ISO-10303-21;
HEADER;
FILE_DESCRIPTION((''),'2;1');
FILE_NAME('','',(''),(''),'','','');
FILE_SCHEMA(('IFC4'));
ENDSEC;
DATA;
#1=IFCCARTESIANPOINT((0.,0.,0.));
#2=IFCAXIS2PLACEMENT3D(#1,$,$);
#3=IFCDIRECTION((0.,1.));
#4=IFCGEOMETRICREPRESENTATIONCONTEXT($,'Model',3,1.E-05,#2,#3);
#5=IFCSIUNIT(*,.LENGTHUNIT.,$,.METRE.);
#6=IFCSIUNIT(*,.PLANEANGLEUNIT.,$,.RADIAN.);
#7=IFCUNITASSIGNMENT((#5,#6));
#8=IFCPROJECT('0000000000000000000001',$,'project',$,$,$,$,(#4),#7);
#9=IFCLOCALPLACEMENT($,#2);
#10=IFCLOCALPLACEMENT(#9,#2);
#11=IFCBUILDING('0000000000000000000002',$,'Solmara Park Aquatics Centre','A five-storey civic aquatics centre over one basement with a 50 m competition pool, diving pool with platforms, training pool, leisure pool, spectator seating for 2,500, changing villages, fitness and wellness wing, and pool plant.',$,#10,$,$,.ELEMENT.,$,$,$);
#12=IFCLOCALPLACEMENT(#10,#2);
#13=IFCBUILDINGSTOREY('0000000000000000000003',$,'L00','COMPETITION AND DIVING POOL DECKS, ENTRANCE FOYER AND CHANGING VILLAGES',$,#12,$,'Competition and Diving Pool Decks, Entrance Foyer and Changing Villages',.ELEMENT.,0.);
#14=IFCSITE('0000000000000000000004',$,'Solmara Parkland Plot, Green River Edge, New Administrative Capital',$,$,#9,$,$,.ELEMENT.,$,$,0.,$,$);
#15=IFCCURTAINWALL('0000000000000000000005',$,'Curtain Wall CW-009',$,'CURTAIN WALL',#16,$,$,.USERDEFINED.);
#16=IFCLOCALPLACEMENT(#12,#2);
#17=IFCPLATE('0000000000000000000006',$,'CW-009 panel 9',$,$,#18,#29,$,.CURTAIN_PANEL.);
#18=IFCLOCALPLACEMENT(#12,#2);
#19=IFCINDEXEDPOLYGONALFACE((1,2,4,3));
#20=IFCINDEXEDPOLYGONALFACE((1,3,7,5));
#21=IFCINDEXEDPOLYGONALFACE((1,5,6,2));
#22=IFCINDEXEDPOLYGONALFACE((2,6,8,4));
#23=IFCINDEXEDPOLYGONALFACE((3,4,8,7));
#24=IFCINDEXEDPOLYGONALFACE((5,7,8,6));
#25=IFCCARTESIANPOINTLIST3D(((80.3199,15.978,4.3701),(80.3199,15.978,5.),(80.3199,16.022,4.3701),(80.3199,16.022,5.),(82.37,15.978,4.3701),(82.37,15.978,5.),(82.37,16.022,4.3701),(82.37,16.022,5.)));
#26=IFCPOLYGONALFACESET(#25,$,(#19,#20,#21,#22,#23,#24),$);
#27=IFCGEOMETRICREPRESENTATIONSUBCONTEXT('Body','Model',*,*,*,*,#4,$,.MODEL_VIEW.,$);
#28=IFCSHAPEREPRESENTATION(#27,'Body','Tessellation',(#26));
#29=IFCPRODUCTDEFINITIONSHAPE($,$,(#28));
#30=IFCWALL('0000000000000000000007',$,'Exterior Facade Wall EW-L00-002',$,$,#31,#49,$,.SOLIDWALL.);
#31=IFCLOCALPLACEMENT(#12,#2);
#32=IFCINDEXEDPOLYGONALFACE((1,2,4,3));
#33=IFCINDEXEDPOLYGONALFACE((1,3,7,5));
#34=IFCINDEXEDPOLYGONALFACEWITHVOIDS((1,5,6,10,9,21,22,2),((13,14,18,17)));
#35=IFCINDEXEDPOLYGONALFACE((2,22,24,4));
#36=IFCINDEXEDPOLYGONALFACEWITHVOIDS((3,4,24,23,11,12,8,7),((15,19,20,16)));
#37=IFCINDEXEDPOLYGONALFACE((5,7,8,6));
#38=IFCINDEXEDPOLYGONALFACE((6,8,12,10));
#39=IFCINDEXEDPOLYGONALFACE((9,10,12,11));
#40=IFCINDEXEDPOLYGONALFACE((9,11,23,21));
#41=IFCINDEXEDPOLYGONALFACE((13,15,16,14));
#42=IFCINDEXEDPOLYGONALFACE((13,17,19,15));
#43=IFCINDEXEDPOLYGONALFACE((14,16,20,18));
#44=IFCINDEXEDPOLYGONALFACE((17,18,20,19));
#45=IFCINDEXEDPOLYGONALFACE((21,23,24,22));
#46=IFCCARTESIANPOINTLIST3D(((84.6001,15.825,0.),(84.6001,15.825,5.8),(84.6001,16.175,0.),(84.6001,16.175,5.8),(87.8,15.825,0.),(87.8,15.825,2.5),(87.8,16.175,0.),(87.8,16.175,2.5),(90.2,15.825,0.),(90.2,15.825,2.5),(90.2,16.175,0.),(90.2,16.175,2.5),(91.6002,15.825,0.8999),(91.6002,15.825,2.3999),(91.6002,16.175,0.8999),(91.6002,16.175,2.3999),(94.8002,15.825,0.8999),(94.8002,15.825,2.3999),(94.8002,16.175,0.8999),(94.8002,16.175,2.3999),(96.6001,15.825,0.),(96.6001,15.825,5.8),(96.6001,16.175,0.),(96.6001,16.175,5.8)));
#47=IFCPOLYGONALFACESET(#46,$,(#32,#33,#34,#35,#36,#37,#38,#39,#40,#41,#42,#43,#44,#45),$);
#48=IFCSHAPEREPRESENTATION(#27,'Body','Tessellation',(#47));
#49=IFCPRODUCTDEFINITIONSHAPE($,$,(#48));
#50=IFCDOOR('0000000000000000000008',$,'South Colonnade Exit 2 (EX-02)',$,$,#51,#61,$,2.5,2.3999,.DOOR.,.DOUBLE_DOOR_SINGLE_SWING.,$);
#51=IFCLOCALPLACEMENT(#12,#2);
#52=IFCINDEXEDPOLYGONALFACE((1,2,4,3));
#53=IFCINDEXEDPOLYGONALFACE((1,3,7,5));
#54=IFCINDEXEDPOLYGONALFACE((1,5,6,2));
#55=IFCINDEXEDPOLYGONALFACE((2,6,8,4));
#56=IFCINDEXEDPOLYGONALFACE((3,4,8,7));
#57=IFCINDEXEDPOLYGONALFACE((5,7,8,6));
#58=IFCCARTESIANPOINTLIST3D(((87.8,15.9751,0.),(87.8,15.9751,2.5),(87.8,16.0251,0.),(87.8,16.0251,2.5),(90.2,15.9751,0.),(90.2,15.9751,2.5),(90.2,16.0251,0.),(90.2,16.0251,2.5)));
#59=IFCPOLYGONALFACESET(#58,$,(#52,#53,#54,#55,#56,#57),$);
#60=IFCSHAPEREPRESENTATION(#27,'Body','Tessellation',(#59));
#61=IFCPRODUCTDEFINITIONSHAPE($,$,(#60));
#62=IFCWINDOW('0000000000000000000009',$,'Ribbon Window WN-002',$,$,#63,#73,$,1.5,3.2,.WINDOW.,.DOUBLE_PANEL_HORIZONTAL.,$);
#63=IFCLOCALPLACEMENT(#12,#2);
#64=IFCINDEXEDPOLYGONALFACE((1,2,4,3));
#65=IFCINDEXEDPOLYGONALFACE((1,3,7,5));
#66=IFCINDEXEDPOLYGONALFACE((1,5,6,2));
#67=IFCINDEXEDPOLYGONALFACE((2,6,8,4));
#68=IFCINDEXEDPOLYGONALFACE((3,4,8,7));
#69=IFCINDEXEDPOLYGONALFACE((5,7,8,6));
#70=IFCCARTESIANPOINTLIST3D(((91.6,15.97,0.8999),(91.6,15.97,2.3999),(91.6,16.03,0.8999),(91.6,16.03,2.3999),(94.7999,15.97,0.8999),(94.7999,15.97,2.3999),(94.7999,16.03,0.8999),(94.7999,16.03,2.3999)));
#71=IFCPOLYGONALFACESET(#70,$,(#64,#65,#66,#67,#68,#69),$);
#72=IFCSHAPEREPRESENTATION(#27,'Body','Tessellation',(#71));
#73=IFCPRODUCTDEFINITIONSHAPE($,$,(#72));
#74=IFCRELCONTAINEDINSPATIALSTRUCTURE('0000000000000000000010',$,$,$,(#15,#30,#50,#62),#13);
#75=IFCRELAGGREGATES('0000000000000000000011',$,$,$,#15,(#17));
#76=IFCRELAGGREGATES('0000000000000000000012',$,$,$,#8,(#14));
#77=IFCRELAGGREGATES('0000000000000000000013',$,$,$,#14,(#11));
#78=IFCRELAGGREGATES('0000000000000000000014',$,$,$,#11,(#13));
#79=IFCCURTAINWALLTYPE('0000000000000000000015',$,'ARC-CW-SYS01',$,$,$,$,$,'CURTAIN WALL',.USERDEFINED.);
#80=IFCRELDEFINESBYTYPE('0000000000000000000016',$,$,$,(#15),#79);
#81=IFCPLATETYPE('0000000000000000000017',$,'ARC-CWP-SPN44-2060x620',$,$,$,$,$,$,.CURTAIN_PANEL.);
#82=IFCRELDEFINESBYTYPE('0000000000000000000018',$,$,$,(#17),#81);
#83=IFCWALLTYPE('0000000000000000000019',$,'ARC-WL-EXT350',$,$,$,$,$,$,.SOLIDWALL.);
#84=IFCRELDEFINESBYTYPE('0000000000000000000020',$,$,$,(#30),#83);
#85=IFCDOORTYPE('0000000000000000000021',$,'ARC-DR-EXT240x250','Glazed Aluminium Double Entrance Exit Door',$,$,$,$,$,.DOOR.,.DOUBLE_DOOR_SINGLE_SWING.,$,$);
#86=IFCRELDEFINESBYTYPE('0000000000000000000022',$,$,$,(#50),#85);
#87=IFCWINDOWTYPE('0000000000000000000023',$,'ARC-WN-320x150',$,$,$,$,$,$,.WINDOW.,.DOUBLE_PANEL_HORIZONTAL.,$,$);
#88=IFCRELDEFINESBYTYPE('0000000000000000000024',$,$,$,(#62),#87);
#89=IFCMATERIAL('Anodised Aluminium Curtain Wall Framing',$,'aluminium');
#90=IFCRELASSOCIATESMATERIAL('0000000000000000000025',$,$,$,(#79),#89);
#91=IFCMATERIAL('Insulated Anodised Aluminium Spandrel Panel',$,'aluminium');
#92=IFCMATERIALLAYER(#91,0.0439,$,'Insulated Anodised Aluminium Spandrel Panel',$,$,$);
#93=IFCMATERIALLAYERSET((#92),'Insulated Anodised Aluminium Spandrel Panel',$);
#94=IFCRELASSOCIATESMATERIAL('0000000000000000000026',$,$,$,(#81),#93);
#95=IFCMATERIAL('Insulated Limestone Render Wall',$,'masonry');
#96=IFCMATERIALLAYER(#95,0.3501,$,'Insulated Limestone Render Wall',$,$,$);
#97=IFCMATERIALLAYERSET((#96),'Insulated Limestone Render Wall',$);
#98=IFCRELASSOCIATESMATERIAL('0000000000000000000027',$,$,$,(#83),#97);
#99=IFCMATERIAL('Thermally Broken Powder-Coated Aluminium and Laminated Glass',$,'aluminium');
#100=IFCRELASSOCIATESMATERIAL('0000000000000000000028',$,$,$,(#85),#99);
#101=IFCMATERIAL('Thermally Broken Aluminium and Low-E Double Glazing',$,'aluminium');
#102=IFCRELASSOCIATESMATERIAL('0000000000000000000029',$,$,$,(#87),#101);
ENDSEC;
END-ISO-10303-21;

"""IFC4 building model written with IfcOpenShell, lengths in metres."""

from ifc_helpers import new_model, si_unit, direction, frame, frame_2d, origin, origin_2d, place, context, subcontext, project, spatial, rectangle, extrude, material, layer, layer_set, type_object, element, fill, aggregate, save


model = new_model("IFC4")

# Units and contexts
model_context = context("Model", 3, precision=1e-05, world=origin(), true_north=direction((0.0, 1.0)))
body_context = subcontext(model_context, "Body", "Model", "MODEL_VIEW")
ifc_project = project(units=[si_unit("LENGTHUNIT", "METRE"), si_unit("PLANEANGLEUNIT", "RADIAN")], contexts=[model_context])

# Site, building, storey
site_placement = place(None, origin())
site = spatial("IfcSite", under=ifc_project, at=site_placement, Name="Solmara Parkland Plot, Green River Edge, New Administrative Capital", CompositionType="ELEMENT", RefElevation=0.0)
building_placement = place(site_placement, origin())
building = spatial("IfcBuilding", under=site, at=building_placement, Name="Solmara Park Aquatics Centre", Description="A five-storey civic aquatics centre over one basement with a 50 m competition pool, diving pool with platforms, training pool, leisure pool, spectator seating for 2,500, changing villages, fitness and wellness wing, and pool plant.", CompositionType="ELEMENT")
storey_placement = place(building_placement, origin())
storey = spatial("IfcBuildingStorey", under=building, at=storey_placement, Name="L00", Description="COMPETITION AND DIVING POOL DECKS, ENTRANCE FOYER AND CHANGING VILLAGES", LongName="Competition and Diving Pool Decks, Entrance Foyer and Changing Villages", CompositionType="ELEMENT", Elevation=0.0)

# Curtain wall, plate
ifc_material_1 = material(Name="Anodised Aluminium Curtain Wall Framing", Category="aluminium")
curtain_wall_type = type_object("IfcCurtainWallType", Name="ARC-CW-SYS01", ElementType="CURTAIN WALL", PredefinedType="USERDEFINED", material=ifc_material_1)
curtain_wall_placement = place(storey_placement, origin())
curtain_wall = element("IfcCurtainWall", 1, at=curtain_wall_placement, inside=storey, type_object=curtain_wall_type, Name="Curtain Wall CW-009", ObjectType="CURTAIN WALL", PredefinedType="USERDEFINED")
ifc_material_2 = material(Name="Insulated Anodised Aluminium Spandrel Panel", Category="aluminium")
ifc_layer_1 = layer(ifc_material_2, 0.0439, Name="Insulated Anodised Aluminium Spandrel Panel")
ifc_layer_set_1 = layer_set([ifc_layer_1], Name="Insulated Anodised Aluminium Spandrel Panel")
plate_type_1 = type_object("IfcPlateType", Name="ARC-CWP-SPN44-2060x620", PredefinedType="CURTAIN_PANEL", material=ifc_layer_set_1)
plate_1_placement = place(storey_placement, frame((81.345, 16.0, 4.3701), z_axis=(0.0, 0.0, 1.0), x_axis=(1.0, 0.0, 0.0)))
plate_1 = element("IfcPlate", 2, at=plate_1_placement, type_object=plate_type_1, Name="CW-009 panel 9", PredefinedType="CURTAIN_PANEL", context=body_context, shape_type="SweptSolid", body=[
    extrude(rectangle(XDim=2.05, YDim=0.0439, at=origin_2d()), origin(), (0.0, 0.0, 1.0), 0.6299),
])
aggregate(curtain_wall, [plate_1])

# Wall, openings, door, window
ifc_material_3 = material(Name="Insulated Limestone Render Wall", Category="masonry")
ifc_layer_2 = layer(ifc_material_3, 0.3501, Name="Insulated Limestone Render Wall")
ifc_layer_set_2 = layer_set([ifc_layer_2], Name="Insulated Limestone Render Wall")
wall_type = type_object("IfcWallType", Name="ARC-WL-EXT350", PredefinedType="SOLIDWALL", material=ifc_layer_set_2)
wall_placement = place(storey_placement, frame((84.6001, 16.0, 0.0), z_axis=(0.0, 0.0, 1.0), x_axis=(1.0, 0.0, 0.0)))
wall = element("IfcWall", 3, at=wall_placement, inside=storey, type_object=wall_type, Name="Exterior Facade Wall EW-L00-002", PredefinedType="SOLIDWALL", context=body_context, shape_type="SweptSolid", body=[
    extrude(rectangle(XDim=12.0, YDim=0.3501, at=frame_2d((6.0, 0.0))), origin(), (0.0, 0.0, 1.0), 5.8),
])
opening_1_placement = place(wall_placement, frame((3.2, 0.0, 0.0)))
opening_1 = element("IfcOpeningElement", 4, at=opening_1_placement, cuts=wall, PredefinedType="OPENING", context=body_context, shape_type="SweptSolid", body=[
    extrude(rectangle(XDim=2.3999, YDim=2.5, at=frame_2d((1.2, 1.25))), frame((0.0, 0.1851, 0.0), z_axis=(0.0, -1.0, 0.0), x_axis=(1.0, 0.0, 0.0)), (0.0, 0.0, 1.0), 0.3701),
])
opening_2_placement = place(wall_placement, frame((7.0, 0.0, 0.8999)))
opening_2 = element("IfcOpeningElement", 5, at=opening_2_placement, cuts=wall, PredefinedType="OPENING", context=body_context, shape_type="SweptSolid", body=[
    extrude(rectangle(XDim=3.2, YDim=1.5, at=frame_2d((1.6001, 0.75))), frame((0.0, 0.1851, 0.0), z_axis=(0.0, -1.0, 0.0), x_axis=(1.0, 0.0, 0.0)), (0.0, 0.0, 1.0), 0.3701),
])
ifc_material_4 = material(Name="Thermally Broken Powder-Coated Aluminium and Laminated Glass", Category="aluminium")
door_type = type_object("IfcDoorType", Name="ARC-DR-EXT240x250", Description="Glazed Aluminium Double Entrance Exit Door", OperationType="DOUBLE_DOOR_SINGLE_SWING", PredefinedType="DOOR", material=ifc_material_4)
door_placement = place(opening_1_placement, frame((2.3999, 0.0, 0.0), z_axis=(0.0, 0.0, 1.0), x_axis=(-1.0, 0.0, 0.0)))
door = element("IfcDoor", 6, at=door_placement, inside=storey, type_object=door_type, Name="South Colonnade Exit 2 (EX-02)", OperationType="DOUBLE_DOOR_SINGLE_SWING", OverallHeight=2.5, OverallWidth=2.3999, PredefinedType="DOOR", context=body_context, shape_type="SweptSolid", body=[
    extrude(rectangle(XDim=2.3999, YDim=2.5, at=frame_2d((1.2, 1.25))), frame((0.0, 0.0249, 0.0), z_axis=(0.0, -1.0, 0.0), x_axis=(1.0, 0.0, 0.0)), (0.0, 0.0, 1.0), 0.05),
])
fill(opening_1, door)
ifc_material_5 = material(Name="Thermally Broken Aluminium and Low-E Double Glazing", Category="aluminium")
window_type = type_object("IfcWindowType", Name="ARC-WN-320x150", PartitioningType="DOUBLE_PANEL_HORIZONTAL", PredefinedType="WINDOW", material=ifc_material_5)
window_placement = place(opening_2_placement, frame((3.2, 0.0, 0.0), z_axis=(0.0, 0.0, 1.0), x_axis=(-1.0, 0.0, 0.0)))
window = element("IfcWindow", 7, at=window_placement, inside=storey, type_object=window_type, Name="Ribbon Window WN-002", OverallHeight=1.5, OverallWidth=3.2, PartitioningType="DOUBLE_PANEL_HORIZONTAL", PredefinedType="WINDOW", context=body_context, shape_type="SweptSolid", body=[
    extrude(rectangle(XDim=3.2, YDim=1.5, at=frame_2d((1.6001, 0.75))), frame((0.0, 0.03, 0.0), z_axis=(0.0, -1.0, 0.0), x_axis=(1.0, 0.0, 0.0)), (0.0, 0.0, 1.0), 0.0601),
])
fill(opening_2, window)

save(model, "model.ifc")
